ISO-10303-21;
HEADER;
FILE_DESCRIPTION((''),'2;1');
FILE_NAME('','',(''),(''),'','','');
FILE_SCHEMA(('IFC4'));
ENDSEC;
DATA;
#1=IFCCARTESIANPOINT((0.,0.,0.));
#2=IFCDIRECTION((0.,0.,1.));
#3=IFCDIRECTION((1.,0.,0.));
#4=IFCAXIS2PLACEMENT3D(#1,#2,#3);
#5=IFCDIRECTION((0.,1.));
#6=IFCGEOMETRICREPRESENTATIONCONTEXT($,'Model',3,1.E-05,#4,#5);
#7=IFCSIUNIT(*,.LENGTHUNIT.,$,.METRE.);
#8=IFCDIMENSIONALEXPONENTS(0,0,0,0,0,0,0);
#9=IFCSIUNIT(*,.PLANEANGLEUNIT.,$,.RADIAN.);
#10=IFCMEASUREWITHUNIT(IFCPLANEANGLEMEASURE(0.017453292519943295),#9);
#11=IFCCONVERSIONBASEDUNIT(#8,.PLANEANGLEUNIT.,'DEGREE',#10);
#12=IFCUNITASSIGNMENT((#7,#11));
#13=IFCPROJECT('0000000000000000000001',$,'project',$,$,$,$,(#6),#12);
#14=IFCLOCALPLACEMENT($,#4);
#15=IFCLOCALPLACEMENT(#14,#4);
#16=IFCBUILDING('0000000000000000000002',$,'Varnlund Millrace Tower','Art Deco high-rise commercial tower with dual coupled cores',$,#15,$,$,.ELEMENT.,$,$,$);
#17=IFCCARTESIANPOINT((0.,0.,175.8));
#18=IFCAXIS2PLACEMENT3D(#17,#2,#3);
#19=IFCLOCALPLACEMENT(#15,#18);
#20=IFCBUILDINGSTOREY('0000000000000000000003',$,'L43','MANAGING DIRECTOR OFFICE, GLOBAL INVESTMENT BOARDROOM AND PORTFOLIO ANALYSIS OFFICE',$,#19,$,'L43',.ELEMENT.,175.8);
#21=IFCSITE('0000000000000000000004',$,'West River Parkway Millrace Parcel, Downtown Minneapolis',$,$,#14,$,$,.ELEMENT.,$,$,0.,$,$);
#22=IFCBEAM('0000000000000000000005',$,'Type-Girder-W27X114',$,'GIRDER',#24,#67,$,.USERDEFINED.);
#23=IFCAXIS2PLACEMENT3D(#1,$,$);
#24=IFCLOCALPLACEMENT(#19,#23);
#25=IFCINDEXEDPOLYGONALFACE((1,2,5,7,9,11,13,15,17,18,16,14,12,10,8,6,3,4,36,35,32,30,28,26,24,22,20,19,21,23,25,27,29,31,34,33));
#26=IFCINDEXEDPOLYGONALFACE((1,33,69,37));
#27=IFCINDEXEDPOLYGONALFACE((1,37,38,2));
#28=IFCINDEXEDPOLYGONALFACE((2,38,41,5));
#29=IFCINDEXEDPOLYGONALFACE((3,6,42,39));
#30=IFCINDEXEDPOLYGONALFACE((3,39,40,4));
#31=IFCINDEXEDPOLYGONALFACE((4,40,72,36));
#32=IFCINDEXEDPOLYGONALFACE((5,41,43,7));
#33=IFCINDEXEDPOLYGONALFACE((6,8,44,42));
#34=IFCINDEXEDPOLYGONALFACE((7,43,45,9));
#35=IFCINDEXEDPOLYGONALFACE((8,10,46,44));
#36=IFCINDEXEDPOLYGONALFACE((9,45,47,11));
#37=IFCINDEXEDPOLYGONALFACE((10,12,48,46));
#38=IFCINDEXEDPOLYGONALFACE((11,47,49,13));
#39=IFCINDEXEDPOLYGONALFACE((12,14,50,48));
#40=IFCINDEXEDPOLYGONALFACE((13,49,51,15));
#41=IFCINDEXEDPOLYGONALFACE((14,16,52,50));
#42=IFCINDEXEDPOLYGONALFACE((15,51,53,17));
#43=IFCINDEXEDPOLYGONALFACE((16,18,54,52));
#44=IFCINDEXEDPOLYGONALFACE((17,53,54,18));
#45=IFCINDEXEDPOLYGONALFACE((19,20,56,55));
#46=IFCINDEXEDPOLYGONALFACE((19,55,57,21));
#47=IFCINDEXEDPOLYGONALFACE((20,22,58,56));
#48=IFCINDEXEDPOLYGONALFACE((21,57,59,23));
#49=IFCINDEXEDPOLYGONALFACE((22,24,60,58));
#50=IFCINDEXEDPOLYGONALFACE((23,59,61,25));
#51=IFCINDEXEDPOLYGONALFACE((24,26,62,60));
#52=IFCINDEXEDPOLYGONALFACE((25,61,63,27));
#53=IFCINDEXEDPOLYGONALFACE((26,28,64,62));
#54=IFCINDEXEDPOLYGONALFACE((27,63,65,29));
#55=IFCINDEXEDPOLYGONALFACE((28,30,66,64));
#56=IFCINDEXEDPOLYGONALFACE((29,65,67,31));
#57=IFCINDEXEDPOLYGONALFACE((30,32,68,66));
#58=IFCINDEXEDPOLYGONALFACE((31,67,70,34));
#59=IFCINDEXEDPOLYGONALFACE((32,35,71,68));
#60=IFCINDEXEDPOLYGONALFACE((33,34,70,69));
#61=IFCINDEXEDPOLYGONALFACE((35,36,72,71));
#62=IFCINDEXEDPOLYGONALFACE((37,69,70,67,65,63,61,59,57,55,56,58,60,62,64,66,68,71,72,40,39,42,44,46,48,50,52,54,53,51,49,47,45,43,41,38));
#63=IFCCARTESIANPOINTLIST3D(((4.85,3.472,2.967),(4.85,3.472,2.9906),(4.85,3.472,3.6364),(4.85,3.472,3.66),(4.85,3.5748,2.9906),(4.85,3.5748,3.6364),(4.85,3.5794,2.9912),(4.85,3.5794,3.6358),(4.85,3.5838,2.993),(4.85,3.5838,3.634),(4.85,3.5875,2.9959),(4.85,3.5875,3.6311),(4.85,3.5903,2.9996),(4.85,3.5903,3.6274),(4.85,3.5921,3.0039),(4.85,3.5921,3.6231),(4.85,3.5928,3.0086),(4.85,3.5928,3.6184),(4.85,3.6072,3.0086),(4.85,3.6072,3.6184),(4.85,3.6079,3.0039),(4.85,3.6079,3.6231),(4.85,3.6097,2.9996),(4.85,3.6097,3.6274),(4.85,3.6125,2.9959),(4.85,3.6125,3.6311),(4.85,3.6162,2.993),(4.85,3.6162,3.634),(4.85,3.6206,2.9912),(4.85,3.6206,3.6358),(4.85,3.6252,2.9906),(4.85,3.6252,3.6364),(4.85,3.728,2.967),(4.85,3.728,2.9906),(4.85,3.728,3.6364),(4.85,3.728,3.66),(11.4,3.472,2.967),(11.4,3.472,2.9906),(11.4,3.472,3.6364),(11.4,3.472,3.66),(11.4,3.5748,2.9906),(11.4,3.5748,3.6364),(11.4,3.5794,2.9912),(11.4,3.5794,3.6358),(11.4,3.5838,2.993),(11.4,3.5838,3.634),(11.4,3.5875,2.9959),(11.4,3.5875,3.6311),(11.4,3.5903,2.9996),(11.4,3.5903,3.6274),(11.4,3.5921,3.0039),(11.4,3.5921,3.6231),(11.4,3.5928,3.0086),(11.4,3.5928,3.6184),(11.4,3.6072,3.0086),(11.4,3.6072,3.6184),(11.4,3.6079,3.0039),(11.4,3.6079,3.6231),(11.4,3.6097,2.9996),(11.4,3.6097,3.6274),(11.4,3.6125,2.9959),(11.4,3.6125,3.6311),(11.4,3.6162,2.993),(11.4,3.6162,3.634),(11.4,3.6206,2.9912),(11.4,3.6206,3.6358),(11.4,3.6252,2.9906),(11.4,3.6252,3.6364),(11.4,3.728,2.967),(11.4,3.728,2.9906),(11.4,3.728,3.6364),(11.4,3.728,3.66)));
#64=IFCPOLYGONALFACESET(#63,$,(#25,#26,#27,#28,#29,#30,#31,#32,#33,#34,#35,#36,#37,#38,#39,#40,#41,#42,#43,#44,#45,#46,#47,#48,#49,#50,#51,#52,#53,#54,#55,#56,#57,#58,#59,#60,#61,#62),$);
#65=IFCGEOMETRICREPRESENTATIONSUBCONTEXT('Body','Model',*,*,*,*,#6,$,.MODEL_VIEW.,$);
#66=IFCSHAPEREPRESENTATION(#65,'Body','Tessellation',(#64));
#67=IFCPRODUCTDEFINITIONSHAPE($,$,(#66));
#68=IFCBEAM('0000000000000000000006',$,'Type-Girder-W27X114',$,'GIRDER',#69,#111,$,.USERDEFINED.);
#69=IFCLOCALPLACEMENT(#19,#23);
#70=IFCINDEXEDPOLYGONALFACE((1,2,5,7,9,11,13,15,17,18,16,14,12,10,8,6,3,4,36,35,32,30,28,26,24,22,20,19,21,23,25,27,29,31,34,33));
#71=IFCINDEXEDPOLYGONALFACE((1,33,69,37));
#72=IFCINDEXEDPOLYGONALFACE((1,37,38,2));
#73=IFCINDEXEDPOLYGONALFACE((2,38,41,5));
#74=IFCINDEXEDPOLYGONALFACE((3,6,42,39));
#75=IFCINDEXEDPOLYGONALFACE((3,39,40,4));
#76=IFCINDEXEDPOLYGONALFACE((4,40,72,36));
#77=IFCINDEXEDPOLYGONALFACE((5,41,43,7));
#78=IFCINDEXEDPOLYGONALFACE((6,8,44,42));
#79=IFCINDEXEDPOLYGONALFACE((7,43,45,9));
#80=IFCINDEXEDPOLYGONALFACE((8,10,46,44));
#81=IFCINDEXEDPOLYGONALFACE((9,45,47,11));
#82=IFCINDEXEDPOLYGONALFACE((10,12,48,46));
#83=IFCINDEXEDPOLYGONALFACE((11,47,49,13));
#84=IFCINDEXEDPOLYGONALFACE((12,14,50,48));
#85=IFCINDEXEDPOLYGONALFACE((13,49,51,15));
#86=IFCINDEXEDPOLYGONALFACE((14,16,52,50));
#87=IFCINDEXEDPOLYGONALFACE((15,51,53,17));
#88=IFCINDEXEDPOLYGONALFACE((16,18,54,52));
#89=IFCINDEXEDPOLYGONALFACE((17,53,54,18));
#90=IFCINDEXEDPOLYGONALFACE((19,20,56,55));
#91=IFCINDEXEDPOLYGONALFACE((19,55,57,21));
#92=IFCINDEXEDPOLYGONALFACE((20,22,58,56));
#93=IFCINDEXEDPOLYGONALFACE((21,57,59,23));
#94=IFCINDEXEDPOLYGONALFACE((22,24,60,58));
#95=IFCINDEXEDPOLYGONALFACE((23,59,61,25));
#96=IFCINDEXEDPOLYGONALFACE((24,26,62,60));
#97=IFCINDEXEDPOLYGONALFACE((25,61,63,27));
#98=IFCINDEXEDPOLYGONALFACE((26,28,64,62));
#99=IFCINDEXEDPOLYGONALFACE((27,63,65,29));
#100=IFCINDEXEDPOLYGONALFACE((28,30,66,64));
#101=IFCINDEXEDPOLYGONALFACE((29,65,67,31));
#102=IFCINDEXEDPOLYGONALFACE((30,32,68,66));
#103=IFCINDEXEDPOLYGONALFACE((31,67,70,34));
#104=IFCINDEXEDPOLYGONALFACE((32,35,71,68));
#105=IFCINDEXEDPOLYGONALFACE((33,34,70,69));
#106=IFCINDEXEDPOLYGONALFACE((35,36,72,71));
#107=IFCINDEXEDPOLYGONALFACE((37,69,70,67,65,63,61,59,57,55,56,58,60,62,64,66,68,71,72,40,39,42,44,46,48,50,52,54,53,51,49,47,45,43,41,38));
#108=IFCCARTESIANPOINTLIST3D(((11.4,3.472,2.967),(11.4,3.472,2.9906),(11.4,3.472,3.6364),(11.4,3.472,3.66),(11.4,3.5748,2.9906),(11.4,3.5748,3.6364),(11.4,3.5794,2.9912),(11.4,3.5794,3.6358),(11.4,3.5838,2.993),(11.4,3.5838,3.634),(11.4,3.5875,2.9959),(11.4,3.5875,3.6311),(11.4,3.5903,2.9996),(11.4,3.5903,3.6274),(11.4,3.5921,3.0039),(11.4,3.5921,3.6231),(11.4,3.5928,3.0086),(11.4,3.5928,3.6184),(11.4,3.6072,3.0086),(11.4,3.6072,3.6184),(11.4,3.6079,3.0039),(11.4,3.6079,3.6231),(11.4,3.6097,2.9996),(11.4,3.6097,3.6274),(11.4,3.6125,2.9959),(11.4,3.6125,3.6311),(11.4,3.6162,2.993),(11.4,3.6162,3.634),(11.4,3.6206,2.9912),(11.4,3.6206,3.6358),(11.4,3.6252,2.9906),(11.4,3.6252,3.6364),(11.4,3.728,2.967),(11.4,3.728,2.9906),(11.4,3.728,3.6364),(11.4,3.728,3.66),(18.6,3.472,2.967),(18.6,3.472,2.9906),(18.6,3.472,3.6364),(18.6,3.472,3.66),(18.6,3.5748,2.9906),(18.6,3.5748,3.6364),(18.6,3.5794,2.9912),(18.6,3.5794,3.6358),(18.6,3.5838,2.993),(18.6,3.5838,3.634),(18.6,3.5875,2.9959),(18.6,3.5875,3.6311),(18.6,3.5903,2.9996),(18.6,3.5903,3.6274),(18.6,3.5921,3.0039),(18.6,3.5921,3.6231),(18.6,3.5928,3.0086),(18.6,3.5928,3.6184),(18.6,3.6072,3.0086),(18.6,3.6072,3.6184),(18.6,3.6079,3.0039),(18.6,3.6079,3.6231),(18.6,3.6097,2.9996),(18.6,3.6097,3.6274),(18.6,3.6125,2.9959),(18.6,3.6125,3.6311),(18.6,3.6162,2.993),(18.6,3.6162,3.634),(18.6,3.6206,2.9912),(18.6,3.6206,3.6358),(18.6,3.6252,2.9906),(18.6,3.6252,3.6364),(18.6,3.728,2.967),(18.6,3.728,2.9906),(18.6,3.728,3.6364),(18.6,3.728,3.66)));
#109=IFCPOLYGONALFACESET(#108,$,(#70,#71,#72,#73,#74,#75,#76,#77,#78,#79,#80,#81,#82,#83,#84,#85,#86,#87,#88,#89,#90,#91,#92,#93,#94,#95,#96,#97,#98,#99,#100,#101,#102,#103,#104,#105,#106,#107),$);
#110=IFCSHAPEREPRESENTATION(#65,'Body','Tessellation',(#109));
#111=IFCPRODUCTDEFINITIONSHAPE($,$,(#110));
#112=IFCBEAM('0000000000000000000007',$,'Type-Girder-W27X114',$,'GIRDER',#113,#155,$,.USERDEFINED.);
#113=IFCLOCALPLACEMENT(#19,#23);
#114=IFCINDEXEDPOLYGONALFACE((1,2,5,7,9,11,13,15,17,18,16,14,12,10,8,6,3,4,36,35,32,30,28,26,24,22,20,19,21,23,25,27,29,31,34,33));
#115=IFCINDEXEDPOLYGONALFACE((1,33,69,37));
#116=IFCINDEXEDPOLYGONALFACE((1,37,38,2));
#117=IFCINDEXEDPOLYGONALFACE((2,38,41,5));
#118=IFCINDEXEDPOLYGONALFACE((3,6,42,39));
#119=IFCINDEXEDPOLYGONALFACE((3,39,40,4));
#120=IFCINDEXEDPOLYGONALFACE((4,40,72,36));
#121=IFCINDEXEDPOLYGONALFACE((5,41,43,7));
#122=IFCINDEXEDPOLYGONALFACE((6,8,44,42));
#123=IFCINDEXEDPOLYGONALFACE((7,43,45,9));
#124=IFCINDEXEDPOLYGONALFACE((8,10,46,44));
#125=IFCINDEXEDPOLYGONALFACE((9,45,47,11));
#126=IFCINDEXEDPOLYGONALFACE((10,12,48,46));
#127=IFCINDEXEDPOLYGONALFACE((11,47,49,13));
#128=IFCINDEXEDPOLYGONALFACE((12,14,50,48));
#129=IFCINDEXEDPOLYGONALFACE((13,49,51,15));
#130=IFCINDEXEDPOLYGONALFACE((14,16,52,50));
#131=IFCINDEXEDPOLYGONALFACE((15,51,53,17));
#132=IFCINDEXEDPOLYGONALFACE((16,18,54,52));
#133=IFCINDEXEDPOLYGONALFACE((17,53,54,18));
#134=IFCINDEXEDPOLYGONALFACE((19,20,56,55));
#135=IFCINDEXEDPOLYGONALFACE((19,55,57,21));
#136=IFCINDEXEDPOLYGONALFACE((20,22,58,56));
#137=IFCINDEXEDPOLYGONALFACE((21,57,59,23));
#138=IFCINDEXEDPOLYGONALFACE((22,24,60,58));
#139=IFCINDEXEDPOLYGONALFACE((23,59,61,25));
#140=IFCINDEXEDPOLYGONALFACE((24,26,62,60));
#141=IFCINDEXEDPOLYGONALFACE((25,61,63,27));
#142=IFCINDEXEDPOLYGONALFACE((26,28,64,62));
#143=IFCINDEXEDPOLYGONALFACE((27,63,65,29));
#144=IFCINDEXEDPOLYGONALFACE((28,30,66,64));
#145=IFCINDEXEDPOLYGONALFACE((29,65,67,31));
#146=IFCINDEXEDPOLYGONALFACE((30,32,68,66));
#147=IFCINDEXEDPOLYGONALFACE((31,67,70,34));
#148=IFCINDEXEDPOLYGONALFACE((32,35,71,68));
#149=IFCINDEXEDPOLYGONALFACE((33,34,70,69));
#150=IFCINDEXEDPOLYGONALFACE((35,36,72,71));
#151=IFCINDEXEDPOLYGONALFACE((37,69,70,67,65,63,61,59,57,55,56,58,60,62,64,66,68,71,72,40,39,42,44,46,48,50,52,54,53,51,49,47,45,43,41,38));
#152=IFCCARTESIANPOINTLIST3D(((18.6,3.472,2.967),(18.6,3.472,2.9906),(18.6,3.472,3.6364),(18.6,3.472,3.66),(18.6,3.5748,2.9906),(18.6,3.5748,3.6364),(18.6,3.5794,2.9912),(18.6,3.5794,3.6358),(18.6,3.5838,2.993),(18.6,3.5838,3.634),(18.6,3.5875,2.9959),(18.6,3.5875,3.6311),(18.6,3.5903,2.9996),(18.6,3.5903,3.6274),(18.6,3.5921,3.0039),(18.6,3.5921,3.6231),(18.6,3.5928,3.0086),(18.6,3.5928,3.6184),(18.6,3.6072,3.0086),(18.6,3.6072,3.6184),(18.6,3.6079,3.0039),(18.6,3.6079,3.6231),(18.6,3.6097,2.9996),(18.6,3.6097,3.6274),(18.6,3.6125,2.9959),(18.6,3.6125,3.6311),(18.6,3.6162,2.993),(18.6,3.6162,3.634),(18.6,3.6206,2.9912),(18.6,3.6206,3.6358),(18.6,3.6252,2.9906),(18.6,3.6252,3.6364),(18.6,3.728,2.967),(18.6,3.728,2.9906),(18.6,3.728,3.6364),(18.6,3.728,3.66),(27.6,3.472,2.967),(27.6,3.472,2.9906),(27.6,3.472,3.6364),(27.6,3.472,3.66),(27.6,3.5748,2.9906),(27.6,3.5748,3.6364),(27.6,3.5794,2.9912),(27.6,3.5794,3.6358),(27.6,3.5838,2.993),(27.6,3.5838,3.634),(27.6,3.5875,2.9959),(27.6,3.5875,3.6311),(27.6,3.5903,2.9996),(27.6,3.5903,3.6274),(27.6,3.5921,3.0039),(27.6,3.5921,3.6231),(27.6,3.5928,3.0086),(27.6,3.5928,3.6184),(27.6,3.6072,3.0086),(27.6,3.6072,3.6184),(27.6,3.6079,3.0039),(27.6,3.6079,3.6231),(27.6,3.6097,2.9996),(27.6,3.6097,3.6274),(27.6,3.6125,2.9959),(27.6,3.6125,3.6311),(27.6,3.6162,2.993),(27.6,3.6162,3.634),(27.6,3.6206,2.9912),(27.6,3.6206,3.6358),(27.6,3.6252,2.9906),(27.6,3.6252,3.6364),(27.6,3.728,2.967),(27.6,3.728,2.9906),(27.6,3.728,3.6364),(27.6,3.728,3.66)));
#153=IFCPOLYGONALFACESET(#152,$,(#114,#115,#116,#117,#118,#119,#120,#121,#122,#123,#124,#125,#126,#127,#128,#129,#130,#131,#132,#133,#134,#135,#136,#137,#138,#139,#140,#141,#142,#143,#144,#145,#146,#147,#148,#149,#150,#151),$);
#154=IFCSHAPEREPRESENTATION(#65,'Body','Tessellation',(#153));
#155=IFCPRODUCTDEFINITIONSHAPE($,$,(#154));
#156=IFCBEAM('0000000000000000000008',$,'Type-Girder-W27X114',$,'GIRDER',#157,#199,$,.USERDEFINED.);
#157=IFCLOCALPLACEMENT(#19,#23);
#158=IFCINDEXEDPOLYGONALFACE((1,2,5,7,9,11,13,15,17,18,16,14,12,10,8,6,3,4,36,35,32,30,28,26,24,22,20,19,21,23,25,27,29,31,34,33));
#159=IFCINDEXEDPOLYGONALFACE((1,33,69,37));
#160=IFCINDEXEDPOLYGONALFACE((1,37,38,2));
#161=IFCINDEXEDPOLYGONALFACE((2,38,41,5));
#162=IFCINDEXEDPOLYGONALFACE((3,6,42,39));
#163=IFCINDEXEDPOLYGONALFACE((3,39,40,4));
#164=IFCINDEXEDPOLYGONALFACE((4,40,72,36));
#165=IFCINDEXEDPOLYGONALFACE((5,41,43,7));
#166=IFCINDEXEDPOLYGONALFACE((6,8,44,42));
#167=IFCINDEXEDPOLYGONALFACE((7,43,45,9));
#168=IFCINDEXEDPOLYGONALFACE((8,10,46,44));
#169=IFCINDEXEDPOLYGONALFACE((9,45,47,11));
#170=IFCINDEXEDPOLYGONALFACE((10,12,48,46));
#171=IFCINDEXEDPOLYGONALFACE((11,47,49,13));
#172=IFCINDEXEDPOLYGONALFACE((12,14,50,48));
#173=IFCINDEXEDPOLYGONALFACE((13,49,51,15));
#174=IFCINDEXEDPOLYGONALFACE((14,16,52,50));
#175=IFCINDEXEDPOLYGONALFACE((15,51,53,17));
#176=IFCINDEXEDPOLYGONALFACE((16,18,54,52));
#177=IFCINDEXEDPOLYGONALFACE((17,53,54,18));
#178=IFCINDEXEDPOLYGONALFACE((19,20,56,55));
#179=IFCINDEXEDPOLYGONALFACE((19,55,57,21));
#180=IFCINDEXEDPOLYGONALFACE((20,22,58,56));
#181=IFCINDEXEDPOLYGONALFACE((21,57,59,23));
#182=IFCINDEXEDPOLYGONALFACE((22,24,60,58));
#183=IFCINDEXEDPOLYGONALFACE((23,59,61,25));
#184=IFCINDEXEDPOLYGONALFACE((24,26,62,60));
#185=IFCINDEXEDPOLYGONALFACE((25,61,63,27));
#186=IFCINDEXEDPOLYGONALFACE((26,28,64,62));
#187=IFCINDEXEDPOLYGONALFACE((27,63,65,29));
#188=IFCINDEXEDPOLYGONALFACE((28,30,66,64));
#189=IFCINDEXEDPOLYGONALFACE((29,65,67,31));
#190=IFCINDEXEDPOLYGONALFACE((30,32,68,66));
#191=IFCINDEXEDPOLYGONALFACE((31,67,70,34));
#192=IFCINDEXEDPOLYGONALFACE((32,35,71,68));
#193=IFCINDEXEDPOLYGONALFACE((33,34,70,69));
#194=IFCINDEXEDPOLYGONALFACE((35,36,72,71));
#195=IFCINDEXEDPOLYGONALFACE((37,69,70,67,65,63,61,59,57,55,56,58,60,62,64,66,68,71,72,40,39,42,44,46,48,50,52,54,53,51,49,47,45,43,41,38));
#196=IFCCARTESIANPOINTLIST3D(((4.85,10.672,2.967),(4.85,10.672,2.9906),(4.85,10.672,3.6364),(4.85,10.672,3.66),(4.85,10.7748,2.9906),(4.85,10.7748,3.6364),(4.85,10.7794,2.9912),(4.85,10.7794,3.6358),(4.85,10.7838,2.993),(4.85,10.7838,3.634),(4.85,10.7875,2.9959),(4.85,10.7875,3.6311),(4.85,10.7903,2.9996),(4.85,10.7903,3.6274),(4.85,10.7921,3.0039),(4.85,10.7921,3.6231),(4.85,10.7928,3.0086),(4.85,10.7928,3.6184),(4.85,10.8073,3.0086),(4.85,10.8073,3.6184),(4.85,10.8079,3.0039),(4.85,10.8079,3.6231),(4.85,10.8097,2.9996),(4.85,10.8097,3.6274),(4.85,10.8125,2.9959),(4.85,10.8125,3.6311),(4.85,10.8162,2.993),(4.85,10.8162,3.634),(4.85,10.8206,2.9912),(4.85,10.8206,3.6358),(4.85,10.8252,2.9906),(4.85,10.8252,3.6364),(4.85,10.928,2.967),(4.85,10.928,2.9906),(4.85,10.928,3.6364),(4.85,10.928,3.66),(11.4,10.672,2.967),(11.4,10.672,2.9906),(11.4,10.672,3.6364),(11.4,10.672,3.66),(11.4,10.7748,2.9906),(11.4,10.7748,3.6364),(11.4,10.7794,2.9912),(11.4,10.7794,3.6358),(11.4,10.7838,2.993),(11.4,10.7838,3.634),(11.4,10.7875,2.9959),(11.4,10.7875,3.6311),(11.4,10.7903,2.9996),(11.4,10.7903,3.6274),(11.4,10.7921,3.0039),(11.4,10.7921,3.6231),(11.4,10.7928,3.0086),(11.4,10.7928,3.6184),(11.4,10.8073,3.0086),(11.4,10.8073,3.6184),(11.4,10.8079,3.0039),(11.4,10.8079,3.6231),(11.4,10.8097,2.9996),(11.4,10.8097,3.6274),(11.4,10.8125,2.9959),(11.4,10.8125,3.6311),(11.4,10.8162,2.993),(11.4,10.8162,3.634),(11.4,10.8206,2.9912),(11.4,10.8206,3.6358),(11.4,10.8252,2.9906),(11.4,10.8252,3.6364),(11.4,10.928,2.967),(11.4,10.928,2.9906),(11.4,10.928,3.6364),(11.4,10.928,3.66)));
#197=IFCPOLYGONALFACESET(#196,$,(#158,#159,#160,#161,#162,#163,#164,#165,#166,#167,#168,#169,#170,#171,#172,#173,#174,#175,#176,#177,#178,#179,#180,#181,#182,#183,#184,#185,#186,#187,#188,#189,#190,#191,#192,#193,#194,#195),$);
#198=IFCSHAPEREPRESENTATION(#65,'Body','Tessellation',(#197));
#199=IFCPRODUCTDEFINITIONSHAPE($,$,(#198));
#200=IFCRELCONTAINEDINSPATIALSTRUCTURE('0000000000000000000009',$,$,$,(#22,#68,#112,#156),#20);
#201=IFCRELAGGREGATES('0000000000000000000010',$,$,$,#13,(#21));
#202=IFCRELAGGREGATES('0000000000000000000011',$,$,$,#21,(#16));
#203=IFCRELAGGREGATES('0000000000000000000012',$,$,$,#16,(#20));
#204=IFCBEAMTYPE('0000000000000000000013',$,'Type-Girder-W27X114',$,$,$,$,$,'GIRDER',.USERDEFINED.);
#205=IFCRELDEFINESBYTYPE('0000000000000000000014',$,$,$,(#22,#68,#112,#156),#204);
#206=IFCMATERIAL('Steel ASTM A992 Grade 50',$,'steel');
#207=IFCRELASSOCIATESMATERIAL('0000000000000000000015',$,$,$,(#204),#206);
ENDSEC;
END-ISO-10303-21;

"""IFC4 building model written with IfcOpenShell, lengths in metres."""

from ifc_helpers import new_model, entity, si_unit, converted_unit, direction, frame, origin_with_axes, origin_2d_with_axis, place, context, subcontext, project, spatial, i_section, extrude, material, material_profile, profile_set, type_object, element, save


model = new_model("IFC4")

# Units and contexts
model_context = context("Model", 3, precision=1e-05, world=origin_with_axes(), true_north=direction((0.0, 1.0)))
body_context = subcontext(model_context, "Body", "Model", "MODEL_VIEW")
ifc_project = project(units=[si_unit("LENGTHUNIT", "METRE"), converted_unit("PLANEANGLEUNIT", "DEGREE", entity("IfcPlaneAngleMeasure", 0.017453292519943295), si_unit("PLANEANGLEUNIT", "RADIAN"), dimensions=[0, 0, 0, 0, 0, 0, 0])], contexts=[model_context])

# Site, building, storey
site_placement = place(None, origin_with_axes())
site = spatial("IfcSite", under=ifc_project, at=site_placement, Name="West River Parkway Millrace Parcel, Downtown Minneapolis", CompositionType="ELEMENT", RefElevation=0.0)
building_placement = place(site_placement, origin_with_axes())
building = spatial("IfcBuilding", under=site, at=building_placement, Name="Varnlund Millrace Tower", Description="Art Deco high-rise commercial tower with dual coupled cores", CompositionType="ELEMENT")
storey_placement = place(building_placement, frame((0.0, 0.0, 175.8), z_axis=(0.0, 0.0, 1.0), x_axis=(1.0, 0.0, 0.0)))
storey = spatial("IfcBuildingStorey", under=building, at=storey_placement, Name="L43", Description="MANAGING DIRECTOR OFFICE, GLOBAL INVESTMENT BOARDROOM AND PORTFOLIO ANALYSIS OFFICE", LongName="L43", CompositionType="ELEMENT", Elevation=175.8)

# Beams
ifc_material_1 = material(Name="Steel ASTM A992 Grade 50", Category="steel")
ifc_material_profile_1 = material_profile(ifc_material_1, i_section(OverallWidth=0.256, OverallDepth=0.693, WebThickness=0.0145, FlangeThickness=0.0236, FilletRadius=0.018, at=origin_2d_with_axis()), Name="Steel ASTM A992 Grade 50")
ifc_profile_set_1 = profile_set([ifc_material_profile_1], Name="Steel ASTM A992 Grade 50")
beam_type_1 = type_object("IfcBeamType", Name="Type-Girder-W27X114", ElementType="GIRDER", PredefinedType="USERDEFINED", material=ifc_profile_set_1)
beam_1_placement = place(storey_placement, frame((4.85, 3.6, 3.3135), z_axis=(1.0, 0.0, 0.0), x_axis=(0.0, 1.0, 0.0)))
element("IfcBeam", 1, at=beam_1_placement, inside=storey, type_object=beam_type_1, Name="Type-Girder-W27X114", ObjectType="GIRDER", PredefinedType="USERDEFINED", context=body_context, shape_type="SweptSolid", body=[
    extrude(i_section(OverallWidth=0.256, OverallDepth=0.693, WebThickness=0.0145, FlangeThickness=0.0236, FilletRadius=0.018, at=origin_2d_with_axis()), origin_with_axes(), (0.0, 0.0, 1.0), 6.55),
])
beam_2_placement = place(storey_placement, frame((11.4, 3.6, 3.3135), z_axis=(1.0, 0.0, 0.0), x_axis=(0.0, 1.0, 0.0)))
element("IfcBeam", 2, at=beam_2_placement, inside=storey, type_object=beam_type_1, Name="Type-Girder-W27X114", ObjectType="GIRDER", PredefinedType="USERDEFINED", context=body_context, shape_type="SweptSolid", body=[
    extrude(i_section(OverallWidth=0.256, OverallDepth=0.693, WebThickness=0.0145, FlangeThickness=0.0236, FilletRadius=0.018, at=origin_2d_with_axis()), origin_with_axes(), (0.0, 0.0, 1.0), 7.2),
])
beam_3_placement = place(storey_placement, frame((18.6, 3.6, 3.3135), z_axis=(1.0, 0.0, 0.0), x_axis=(0.0, 1.0, 0.0)))
element("IfcBeam", 3, at=beam_3_placement, inside=storey, type_object=beam_type_1, Name="Type-Girder-W27X114", ObjectType="GIRDER", PredefinedType="USERDEFINED", context=body_context, shape_type="SweptSolid", body=[
    extrude(i_section(OverallWidth=0.256, OverallDepth=0.693, WebThickness=0.0145, FlangeThickness=0.0236, FilletRadius=0.018, at=origin_2d_with_axis()), origin_with_axes(), (0.0, 0.0, 1.0), 9.0),
])
beam_4_placement = place(storey_placement, frame((4.85, 10.8, 3.3135), z_axis=(1.0, 0.0, 0.0), x_axis=(0.0, 1.0, 0.0)))
element("IfcBeam", 4, at=beam_4_placement, inside=storey, type_object=beam_type_1, Name="Type-Girder-W27X114", ObjectType="GIRDER", PredefinedType="USERDEFINED", context=body_context, shape_type="SweptSolid", body=[
    extrude(i_section(OverallWidth=0.256, OverallDepth=0.693, WebThickness=0.0145, FlangeThickness=0.0236, FilletRadius=0.018, at=origin_2d_with_axis()), origin_with_axes(), (0.0, 0.0, 1.0), 6.55),
])

save(model, "model.ifc")
